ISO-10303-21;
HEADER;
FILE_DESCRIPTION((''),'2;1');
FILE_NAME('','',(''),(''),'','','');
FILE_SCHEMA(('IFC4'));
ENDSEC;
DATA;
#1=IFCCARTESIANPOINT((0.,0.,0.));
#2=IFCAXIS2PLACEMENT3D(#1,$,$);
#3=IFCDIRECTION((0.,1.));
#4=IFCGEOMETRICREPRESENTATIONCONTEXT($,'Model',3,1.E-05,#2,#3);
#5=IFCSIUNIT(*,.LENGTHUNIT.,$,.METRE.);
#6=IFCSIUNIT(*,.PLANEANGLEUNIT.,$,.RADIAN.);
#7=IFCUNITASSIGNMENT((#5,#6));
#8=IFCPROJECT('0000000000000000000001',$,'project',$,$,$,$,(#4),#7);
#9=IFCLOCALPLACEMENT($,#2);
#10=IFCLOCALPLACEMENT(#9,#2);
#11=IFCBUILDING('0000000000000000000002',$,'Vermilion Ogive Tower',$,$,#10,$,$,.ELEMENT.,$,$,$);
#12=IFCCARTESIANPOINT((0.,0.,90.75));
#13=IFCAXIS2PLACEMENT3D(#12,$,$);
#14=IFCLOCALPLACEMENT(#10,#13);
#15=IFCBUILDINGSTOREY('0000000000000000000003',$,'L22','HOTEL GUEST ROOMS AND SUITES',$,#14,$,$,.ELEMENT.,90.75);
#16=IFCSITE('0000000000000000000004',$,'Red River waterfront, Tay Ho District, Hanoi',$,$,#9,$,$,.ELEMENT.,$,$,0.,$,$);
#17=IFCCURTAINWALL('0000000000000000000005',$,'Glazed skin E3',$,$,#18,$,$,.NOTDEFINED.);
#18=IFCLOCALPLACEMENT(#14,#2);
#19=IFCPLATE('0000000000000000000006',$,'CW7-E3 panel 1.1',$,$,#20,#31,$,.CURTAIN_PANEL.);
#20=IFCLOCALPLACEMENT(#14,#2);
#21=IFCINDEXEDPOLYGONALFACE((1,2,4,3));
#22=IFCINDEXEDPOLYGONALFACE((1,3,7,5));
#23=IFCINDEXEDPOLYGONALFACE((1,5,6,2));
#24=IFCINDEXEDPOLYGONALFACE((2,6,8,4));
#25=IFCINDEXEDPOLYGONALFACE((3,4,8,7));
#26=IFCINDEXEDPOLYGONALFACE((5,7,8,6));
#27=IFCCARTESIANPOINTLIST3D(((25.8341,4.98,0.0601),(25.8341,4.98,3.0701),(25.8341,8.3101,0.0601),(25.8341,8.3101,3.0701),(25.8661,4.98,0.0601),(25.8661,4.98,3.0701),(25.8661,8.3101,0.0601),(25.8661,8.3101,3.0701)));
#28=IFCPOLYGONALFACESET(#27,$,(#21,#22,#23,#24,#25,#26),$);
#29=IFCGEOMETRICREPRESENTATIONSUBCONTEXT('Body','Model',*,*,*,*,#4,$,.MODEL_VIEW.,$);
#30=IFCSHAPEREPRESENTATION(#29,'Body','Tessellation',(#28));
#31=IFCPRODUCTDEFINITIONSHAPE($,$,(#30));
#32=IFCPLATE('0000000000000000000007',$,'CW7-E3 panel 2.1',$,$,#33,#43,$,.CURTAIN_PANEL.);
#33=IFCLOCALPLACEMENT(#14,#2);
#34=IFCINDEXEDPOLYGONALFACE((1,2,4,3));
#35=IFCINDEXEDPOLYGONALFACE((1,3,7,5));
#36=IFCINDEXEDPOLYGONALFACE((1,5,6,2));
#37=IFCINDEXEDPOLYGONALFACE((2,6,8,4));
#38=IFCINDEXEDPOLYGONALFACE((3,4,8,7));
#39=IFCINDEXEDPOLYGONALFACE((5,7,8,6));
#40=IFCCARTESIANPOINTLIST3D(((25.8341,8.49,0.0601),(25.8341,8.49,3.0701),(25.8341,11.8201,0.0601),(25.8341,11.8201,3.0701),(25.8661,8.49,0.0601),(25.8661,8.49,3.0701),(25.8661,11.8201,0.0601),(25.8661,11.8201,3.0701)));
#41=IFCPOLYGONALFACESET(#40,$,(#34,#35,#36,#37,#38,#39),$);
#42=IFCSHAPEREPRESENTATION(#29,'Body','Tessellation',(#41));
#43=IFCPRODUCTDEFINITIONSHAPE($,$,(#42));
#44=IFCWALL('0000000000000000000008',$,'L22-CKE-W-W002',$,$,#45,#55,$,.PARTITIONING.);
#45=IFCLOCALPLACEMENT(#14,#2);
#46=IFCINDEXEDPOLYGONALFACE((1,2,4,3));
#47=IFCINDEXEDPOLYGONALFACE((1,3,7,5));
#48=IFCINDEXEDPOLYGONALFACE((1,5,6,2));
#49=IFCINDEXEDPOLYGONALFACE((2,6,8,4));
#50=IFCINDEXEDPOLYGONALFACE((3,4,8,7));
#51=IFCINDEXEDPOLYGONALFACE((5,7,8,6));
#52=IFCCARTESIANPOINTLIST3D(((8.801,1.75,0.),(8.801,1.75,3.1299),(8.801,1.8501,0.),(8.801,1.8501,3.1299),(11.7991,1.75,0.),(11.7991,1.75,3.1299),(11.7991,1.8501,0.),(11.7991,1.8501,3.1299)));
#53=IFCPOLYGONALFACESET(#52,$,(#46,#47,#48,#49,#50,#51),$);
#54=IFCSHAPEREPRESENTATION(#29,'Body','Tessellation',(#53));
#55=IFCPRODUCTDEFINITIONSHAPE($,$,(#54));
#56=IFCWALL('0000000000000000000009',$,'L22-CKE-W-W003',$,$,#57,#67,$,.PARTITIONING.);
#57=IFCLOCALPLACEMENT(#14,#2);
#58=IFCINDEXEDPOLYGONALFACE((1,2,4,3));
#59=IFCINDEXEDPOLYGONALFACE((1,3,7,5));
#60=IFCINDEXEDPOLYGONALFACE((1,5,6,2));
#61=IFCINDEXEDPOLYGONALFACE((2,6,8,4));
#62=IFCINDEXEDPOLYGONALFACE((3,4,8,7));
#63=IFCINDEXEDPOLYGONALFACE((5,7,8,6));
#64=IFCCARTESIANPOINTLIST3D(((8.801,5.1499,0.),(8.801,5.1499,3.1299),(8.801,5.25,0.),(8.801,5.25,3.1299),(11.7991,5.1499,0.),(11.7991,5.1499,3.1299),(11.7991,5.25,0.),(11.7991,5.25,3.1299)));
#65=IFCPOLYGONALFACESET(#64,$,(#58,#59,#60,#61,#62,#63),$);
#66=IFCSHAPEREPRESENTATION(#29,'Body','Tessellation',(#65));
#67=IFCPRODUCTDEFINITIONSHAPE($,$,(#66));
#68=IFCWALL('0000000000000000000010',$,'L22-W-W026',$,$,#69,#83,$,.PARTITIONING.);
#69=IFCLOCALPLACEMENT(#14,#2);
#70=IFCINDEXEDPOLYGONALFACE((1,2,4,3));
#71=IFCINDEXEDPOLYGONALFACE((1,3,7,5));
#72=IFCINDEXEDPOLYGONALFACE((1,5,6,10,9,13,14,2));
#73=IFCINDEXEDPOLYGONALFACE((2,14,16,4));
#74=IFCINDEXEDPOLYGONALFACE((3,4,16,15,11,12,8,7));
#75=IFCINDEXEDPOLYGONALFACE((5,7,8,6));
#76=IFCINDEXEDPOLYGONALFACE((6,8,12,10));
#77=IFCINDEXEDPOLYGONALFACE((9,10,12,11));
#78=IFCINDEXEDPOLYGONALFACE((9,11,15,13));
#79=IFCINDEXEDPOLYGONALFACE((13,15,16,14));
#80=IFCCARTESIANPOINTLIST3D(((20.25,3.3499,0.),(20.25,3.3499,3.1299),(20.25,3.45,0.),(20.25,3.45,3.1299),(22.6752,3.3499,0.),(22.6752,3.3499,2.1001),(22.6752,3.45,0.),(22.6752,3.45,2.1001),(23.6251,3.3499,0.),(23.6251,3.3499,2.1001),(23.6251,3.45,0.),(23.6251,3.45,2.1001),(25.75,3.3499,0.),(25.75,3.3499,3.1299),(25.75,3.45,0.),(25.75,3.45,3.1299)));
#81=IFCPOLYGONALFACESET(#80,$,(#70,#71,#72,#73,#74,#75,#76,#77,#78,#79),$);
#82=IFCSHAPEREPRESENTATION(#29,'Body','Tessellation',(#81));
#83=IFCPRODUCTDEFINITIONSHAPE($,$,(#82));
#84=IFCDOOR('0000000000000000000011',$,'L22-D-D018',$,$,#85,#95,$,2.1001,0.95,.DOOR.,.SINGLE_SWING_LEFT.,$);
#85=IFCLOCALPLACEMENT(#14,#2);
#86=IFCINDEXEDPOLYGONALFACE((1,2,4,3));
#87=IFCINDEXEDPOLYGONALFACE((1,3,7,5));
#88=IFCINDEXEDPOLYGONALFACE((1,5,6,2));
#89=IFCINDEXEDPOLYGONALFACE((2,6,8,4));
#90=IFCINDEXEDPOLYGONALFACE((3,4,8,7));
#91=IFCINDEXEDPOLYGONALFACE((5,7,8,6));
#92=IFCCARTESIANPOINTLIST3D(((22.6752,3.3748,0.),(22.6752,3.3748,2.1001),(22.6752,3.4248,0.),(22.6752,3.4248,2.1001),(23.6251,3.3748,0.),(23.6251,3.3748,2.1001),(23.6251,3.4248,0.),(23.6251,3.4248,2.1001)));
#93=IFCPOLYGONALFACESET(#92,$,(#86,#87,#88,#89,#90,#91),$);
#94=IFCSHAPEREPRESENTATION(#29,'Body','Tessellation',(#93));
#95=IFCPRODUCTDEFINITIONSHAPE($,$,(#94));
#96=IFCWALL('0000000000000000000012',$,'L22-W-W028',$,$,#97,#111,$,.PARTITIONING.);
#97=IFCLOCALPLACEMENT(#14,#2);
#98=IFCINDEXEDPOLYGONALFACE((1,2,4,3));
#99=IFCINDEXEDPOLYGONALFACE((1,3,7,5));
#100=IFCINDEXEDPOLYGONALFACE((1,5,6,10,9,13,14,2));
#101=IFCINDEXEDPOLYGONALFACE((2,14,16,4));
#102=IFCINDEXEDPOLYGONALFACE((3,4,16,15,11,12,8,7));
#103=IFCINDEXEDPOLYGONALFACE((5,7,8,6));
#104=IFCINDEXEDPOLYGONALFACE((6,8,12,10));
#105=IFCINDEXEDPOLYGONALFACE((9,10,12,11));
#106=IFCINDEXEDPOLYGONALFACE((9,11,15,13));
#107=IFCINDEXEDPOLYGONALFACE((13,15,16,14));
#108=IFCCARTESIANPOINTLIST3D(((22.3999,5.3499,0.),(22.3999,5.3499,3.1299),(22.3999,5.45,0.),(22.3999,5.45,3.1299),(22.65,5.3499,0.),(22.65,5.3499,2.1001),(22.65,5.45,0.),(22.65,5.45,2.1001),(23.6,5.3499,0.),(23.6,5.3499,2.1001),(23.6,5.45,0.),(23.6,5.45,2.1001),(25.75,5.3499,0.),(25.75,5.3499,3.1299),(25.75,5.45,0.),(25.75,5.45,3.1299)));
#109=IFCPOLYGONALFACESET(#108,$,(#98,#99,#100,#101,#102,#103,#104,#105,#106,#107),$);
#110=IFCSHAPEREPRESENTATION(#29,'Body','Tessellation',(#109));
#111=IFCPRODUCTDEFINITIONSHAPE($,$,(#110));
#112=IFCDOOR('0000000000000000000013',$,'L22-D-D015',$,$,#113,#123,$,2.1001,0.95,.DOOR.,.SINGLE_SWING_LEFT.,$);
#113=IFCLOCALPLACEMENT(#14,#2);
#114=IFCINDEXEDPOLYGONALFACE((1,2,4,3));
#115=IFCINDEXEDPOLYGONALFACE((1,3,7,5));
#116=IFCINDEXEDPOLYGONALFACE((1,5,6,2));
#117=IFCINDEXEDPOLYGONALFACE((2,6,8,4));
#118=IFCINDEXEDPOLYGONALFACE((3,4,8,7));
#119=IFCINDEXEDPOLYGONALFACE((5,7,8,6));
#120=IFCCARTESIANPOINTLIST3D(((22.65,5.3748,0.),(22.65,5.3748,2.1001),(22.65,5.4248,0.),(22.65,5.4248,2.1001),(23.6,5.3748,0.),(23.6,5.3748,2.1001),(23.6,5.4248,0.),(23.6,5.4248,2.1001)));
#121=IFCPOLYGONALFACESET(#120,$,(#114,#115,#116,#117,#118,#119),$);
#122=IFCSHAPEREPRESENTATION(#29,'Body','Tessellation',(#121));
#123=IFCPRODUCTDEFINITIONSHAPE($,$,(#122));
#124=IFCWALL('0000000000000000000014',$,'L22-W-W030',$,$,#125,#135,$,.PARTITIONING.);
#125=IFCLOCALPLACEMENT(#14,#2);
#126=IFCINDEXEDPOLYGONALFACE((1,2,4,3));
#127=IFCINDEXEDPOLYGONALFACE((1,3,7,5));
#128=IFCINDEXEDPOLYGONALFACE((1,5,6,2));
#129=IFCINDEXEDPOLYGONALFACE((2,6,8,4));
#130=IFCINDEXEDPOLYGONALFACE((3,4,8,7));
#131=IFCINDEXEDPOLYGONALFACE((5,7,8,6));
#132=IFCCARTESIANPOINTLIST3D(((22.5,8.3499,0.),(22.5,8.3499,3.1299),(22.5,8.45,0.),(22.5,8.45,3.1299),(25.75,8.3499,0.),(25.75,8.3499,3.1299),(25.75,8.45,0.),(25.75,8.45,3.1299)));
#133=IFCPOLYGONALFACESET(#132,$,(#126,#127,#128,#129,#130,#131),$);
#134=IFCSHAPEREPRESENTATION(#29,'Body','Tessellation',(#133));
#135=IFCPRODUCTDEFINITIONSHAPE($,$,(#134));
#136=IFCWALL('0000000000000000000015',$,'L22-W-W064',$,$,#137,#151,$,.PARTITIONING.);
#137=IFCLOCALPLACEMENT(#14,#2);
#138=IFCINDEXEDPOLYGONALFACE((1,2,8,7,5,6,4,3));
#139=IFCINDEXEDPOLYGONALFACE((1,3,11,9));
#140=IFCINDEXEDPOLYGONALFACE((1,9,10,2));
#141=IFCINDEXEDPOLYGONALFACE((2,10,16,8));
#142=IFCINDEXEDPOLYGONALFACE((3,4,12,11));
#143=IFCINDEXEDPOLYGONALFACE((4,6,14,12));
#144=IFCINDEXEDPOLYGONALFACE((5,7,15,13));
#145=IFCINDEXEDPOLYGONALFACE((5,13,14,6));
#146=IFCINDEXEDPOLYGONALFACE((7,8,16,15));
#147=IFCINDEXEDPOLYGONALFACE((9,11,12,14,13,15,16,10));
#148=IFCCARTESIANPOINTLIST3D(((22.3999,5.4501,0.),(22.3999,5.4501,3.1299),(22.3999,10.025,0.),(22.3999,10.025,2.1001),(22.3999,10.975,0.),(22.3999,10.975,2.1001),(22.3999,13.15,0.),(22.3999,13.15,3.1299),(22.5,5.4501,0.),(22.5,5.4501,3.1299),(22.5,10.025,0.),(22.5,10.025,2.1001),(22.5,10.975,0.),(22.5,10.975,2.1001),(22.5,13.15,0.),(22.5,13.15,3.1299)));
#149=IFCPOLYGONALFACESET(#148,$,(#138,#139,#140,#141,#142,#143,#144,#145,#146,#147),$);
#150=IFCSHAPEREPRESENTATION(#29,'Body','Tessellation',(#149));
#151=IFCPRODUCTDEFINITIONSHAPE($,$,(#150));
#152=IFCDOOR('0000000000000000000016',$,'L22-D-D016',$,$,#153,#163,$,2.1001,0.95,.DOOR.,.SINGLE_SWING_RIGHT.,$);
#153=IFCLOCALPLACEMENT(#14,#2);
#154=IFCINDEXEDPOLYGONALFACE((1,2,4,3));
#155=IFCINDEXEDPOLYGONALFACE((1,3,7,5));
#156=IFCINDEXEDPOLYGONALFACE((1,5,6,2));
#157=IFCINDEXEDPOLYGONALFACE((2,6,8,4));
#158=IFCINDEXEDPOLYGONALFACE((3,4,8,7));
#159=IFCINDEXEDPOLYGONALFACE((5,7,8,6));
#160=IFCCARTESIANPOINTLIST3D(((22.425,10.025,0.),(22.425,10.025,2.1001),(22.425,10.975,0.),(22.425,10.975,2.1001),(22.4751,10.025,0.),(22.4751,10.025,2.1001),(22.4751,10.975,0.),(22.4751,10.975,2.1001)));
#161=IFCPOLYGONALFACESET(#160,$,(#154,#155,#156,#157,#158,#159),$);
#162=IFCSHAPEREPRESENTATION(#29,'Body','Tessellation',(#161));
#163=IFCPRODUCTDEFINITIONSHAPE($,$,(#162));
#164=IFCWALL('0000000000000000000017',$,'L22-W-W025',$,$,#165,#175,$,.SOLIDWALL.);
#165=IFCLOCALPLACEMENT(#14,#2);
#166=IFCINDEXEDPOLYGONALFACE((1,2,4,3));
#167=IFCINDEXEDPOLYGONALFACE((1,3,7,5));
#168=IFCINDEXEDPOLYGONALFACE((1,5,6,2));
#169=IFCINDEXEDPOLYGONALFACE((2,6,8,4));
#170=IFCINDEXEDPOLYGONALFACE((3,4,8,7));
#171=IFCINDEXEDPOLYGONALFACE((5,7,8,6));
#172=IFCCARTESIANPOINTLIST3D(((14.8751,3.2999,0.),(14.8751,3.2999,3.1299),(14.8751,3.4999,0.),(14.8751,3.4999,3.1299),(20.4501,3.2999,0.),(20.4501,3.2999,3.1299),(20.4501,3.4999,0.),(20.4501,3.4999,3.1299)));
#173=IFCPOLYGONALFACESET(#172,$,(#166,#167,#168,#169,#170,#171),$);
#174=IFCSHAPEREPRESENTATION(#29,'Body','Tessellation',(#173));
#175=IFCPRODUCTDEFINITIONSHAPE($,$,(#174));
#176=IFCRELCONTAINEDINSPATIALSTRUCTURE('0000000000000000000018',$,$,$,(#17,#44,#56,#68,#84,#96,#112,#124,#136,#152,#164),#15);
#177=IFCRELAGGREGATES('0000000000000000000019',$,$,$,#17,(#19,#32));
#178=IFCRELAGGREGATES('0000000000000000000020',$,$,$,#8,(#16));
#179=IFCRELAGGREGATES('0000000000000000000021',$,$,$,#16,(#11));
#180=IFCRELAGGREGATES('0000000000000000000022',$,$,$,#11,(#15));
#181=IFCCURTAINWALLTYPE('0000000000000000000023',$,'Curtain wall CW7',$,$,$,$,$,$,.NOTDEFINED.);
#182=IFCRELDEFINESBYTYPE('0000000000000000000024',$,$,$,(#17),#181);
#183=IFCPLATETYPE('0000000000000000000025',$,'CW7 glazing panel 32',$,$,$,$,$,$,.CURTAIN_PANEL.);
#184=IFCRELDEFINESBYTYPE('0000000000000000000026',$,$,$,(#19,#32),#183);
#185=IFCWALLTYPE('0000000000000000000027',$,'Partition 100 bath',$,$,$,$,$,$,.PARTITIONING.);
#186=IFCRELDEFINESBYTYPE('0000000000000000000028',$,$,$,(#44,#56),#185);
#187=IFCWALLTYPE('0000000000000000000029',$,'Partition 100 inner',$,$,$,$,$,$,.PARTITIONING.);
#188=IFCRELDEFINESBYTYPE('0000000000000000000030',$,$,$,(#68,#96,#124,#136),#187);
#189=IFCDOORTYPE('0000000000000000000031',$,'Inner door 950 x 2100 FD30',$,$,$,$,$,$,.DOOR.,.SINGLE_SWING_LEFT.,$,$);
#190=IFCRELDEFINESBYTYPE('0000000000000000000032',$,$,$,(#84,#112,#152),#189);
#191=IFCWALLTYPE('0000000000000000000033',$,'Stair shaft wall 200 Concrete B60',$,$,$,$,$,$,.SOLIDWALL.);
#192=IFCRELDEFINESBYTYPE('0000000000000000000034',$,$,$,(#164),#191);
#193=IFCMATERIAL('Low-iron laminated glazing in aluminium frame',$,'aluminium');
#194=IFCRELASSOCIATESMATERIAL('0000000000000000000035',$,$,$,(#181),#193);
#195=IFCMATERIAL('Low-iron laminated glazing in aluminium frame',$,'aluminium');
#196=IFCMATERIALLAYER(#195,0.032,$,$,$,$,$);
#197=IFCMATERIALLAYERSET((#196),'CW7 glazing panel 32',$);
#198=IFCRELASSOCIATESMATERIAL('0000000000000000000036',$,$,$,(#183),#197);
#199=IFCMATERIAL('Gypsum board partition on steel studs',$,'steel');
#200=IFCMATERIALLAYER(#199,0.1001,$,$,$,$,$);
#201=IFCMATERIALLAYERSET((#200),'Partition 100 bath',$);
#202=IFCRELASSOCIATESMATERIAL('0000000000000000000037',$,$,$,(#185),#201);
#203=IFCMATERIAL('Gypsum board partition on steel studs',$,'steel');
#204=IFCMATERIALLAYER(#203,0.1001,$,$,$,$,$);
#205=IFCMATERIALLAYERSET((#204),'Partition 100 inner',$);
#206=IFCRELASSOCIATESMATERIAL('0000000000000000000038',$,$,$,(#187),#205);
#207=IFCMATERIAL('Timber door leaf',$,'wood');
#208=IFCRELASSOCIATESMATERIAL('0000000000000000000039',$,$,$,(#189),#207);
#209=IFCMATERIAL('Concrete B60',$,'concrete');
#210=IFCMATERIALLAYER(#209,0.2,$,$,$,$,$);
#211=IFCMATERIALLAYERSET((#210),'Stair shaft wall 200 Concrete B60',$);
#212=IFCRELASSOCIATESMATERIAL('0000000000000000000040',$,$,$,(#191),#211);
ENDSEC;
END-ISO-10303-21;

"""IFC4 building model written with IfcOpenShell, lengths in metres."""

from ifc_helpers import new_model, si_unit, direction, frame, frame_2d, origin, origin_2d, place, context, subcontext, project, spatial, rectangle, extrude, material, layer, layer_set, type_object, element, fill, aggregate, save


model = new_model("IFC4")

# Units and contexts
model_context = context("Model", 3, precision=1e-05, world=origin(), true_north=direction((0.0, 1.0)))
body_context = subcontext(model_context, "Body", "Model", "MODEL_VIEW")
ifc_project = project(units=[si_unit("LENGTHUNIT", "METRE"), si_unit("PLANEANGLEUNIT", "RADIAN")], contexts=[model_context])

# Site, building, storey
site_placement = place(None, origin())
site = spatial("IfcSite", under=ifc_project, at=site_placement, Name="Red River waterfront, Tay Ho District, Hanoi", CompositionType="ELEMENT", RefElevation=0.0)
building_placement = place(site_placement, origin())
building = spatial("IfcBuilding", under=site, at=building_placement, Name="Vermilion Ogive Tower", CompositionType="ELEMENT")
storey_placement = place(building_placement, frame((0.0, 0.0, 90.75)))
storey = spatial("IfcBuildingStorey", under=building, at=storey_placement, Name="L22", Description="HOTEL GUEST ROOMS AND SUITES", CompositionType="ELEMENT", Elevation=90.75)

# Curtain wall
ifc_material_1 = material(Name="Low-iron laminated glazing in aluminium frame", Category="aluminium")
curtain_wall_type = type_object("IfcCurtainWallType", Name="Curtain wall CW7", PredefinedType="NOTDEFINED", material=ifc_material_1)
curtain_wall_1_placement = place(storey_placement, origin())
curtain_wall_1 = element("IfcCurtainWall", 1, at=curtain_wall_1_placement, inside=storey, type_object=curtain_wall_type, Name="Glazed skin E3", PredefinedType="NOTDEFINED")

# Plates
ifc_material_2 = material(Name="Low-iron laminated glazing in aluminium frame", Category="aluminium")
ifc_layer_1 = layer(ifc_material_2, 0.032)
ifc_layer_set_1 = layer_set([ifc_layer_1], Name="CW7 glazing panel 32")
plate_type = type_object("IfcPlateType", Name="CW7 glazing panel 32", PredefinedType="CURTAIN_PANEL", material=ifc_layer_set_1)
plate_1_placement = place(storey_placement, frame((25.8501, 6.645, 0.0601), z_axis=(0.0, 0.0, 1.0), x_axis=(0.0, 1.0, 0.0)))
plate_1 = element("IfcPlate", 2, at=plate_1_placement, type_object=plate_type, Name="CW7-E3 panel 1.1", PredefinedType="CURTAIN_PANEL", context=body_context, shape_type="SweptSolid", body=[
    extrude(rectangle(XDim=3.3301, YDim=0.032, at=origin_2d()), origin(), (0.0, 0.0, 1.0), 3.01),
])
plate_2_placement = place(storey_placement, frame((25.8501, 10.155, 0.0601), z_axis=(0.0, 0.0, 1.0), x_axis=(0.0, 1.0, 0.0)))
plate_2 = element("IfcPlate", 3, at=plate_2_placement, type_object=plate_type, Name="CW7-E3 panel 2.1", PredefinedType="CURTAIN_PANEL", context=body_context, shape_type="SweptSolid", body=[
    extrude(rectangle(XDim=3.3301, YDim=0.032, at=origin_2d()), origin(), (0.0, 0.0, 1.0), 3.01),
])
aggregate(curtain_wall_1, [plate_1, plate_2])

# Walls
ifc_material_3 = material(Name="Gypsum board partition on steel studs", Category="steel")
ifc_layer_2 = layer(ifc_material_3, 0.1001)
ifc_layer_set_2 = layer_set([ifc_layer_2], Name="Partition 100 bath")
wall_type_1 = type_object("IfcWallType", Name="Partition 100 bath", PredefinedType="PARTITIONING", material=ifc_layer_set_2)
for number, where, z_axis, x_axis, name in (
    (4, (8.801, 1.8, 0.0), (0.0, 0.0, 1.0), (1.0, 0.0, 0.0), "L22-CKE-W-W002"),
    (5, (8.801, 5.2, 0.0), (0.0, 0.0, 1.0), (1.0, 0.0, 0.0), "L22-CKE-W-W003"),
):
    element("IfcWall", number, at=place(storey_placement, frame(where, z_axis=z_axis, x_axis=x_axis)), inside=storey, type_object=wall_type_1, Name=name, PredefinedType="PARTITIONING", context=body_context, shape_type="SweptSolid", body=[
        extrude(rectangle(XDim=2.998, YDim=0.1001, at=frame_2d((1.499, 0.0))), origin(), (0.0, 0.0, 1.0), 3.1299),
    ])

# Walls, openings, doors
ifc_material_4 = material(Name="Gypsum board partition on steel studs", Category="steel")
ifc_layer_3 = layer(ifc_material_4, 0.1001)
ifc_layer_set_3 = layer_set([ifc_layer_3], Name="Partition 100 inner")
wall_type_2 = type_object("IfcWallType", Name="Partition 100 inner", PredefinedType="PARTITIONING", material=ifc_layer_set_3)
wall_1_placement = place(storey_placement, frame((20.25, 3.3999, 0.0), z_axis=(0.0, 0.0, 1.0), x_axis=(1.0, 0.0, 0.0)))
wall_1 = element("IfcWall", 6, at=wall_1_placement, inside=storey, type_object=wall_type_2, Name="L22-W-W026", PredefinedType="PARTITIONING", context=body_context, shape_type="SweptSolid", body=[
    extrude(rectangle(XDim=5.5, YDim=0.1001, at=frame_2d((2.75, 0.0))), origin(), (0.0, 0.0, 1.0), 3.1299),
])
opening_1_placement = place(wall_1_placement, frame((2.425, 0.0, 0.0)))
opening_1 = element("IfcOpeningElement", 7, at=opening_1_placement, cuts=wall_1, PredefinedType="OPENING", context=body_context, shape_type="SweptSolid", body=[
    extrude(rectangle(XDim=0.95, YDim=2.1001, at=frame_2d((0.4751, 1.05))), frame((0.0, 0.0601, 0.0), z_axis=(0.0, -1.0, 0.0), x_axis=(1.0, 0.0, 0.0)), (0.0, 0.0, 1.0), 0.1201),
])
ifc_material_5 = material(Name="Timber door leaf", Category="wood")
door_type = type_object("IfcDoorType", Name="Inner door 950 x 2100 FD30", OperationType="SINGLE_SWING_LEFT", PredefinedType="DOOR", material=ifc_material_5)
door_1_placement = place(opening_1_placement, origin())
door_1 = element("IfcDoor", 8, at=door_1_placement, inside=storey, type_object=door_type, Name="L22-D-D018", OperationType="SINGLE_SWING_LEFT", OverallHeight=2.1001, OverallWidth=0.95, PredefinedType="DOOR", context=body_context, shape_type="SweptSolid", body=[
    extrude(rectangle(XDim=0.95, YDim=2.1001, at=frame_2d((0.4751, 1.05))), frame((0.0, 0.0249, 0.0), z_axis=(0.0, -1.0, 0.0), x_axis=(1.0, 0.0, 0.0)), (0.0, 0.0, 1.0), 0.05),
])
fill(opening_1, door_1)
wall_2_placement = place(storey_placement, frame((22.3999, 5.3999, 0.0), z_axis=(0.0, 0.0, 1.0), x_axis=(1.0, 0.0, 0.0)))
wall_2 = element("IfcWall", 9, at=wall_2_placement, inside=storey, type_object=wall_type_2, Name="L22-W-W028", PredefinedType="PARTITIONING", context=body_context, shape_type="SweptSolid", body=[
    extrude(rectangle(XDim=3.3501, YDim=0.1001, at=frame_2d((1.675, 0.0))), origin(), (0.0, 0.0, 1.0), 3.1299),
])
opening_2_placement = place(wall_2_placement, frame((0.25, 0.0, 0.0)))
opening_2 = element("IfcOpeningElement", 10, at=opening_2_placement, cuts=wall_2, PredefinedType="OPENING", context=body_context, shape_type="SweptSolid", body=[
    extrude(rectangle(XDim=0.95, YDim=2.1001, at=frame_2d((0.4751, 1.05))), frame((0.0, 0.0601, 0.0), z_axis=(0.0, -1.0, 0.0), x_axis=(1.0, 0.0, 0.0)), (0.0, 0.0, 1.0), 0.1201),
])
door_2_placement = place(opening_2_placement, origin())
door_2 = element("IfcDoor", 11, at=door_2_placement, inside=storey, type_object=door_type, Name="L22-D-D015", OperationType="SINGLE_SWING_LEFT", OverallHeight=2.1001, OverallWidth=0.95, PredefinedType="DOOR", context=body_context, shape_type="SweptSolid", body=[
    extrude(rectangle(XDim=0.95, YDim=2.1001, at=frame_2d((0.4751, 1.05))), frame((0.0, 0.0249, 0.0), z_axis=(0.0, -1.0, 0.0), x_axis=(1.0, 0.0, 0.0)), (0.0, 0.0, 1.0), 0.05),
])
fill(opening_2, door_2)

# Wall
wall_3_placement = place(storey_placement, frame((22.5, 8.3999, 0.0), z_axis=(0.0, 0.0, 1.0), x_axis=(1.0, 0.0, 0.0)))
element("IfcWall", 12, at=wall_3_placement, inside=storey, type_object=wall_type_2, Name="L22-W-W030", PredefinedType="PARTITIONING", context=body_context, shape_type="SweptSolid", body=[
    extrude(rectangle(XDim=3.25, YDim=0.1001, at=frame_2d((1.625, 0.0))), origin(), (0.0, 0.0, 1.0), 3.1299),
])

# Wall, opening, door
wall_4_placement = place(storey_placement, frame((22.45, 5.45, 0.0), z_axis=(0.0, 0.0, 1.0), x_axis=(0.0, 1.0, 0.0)))
wall_4 = element("IfcWall", 13, at=wall_4_placement, inside=storey, type_object=wall_type_2, Name="L22-W-W064", PredefinedType="PARTITIONING", context=body_context, shape_type="SweptSolid", body=[
    extrude(rectangle(XDim=7.7, YDim=0.1001, at=frame_2d((3.8501, 0.0))), origin(), (0.0, 0.0, 1.0), 3.1299),
])
opening_3_placement = place(wall_4_placement, frame((4.575, 0.0, 0.0)))
opening_3 = element("IfcOpeningElement", 14, at=opening_3_placement, cuts=wall_4, PredefinedType="OPENING", context=body_context, shape_type="SweptSolid", body=[
    extrude(rectangle(XDim=0.95, YDim=2.1001, at=frame_2d((0.4751, 1.05))), frame((0.0, 0.0601, 0.0), z_axis=(0.0, -1.0, 0.0), x_axis=(1.0, 0.0, 0.0)), (0.0, 0.0, 1.0), 0.1201),
])
door_3_placement = place(opening_3_placement, origin())
door_3 = element("IfcDoor", 15, at=door_3_placement, inside=storey, type_object=door_type, Name="L22-D-D016", OperationType="SINGLE_SWING_RIGHT", OverallHeight=2.1001, OverallWidth=0.95, PredefinedType="DOOR", context=body_context, shape_type="SweptSolid", body=[
    extrude(rectangle(XDim=0.95, YDim=2.1001, at=frame_2d((0.4751, 1.05))), frame((0.0, 0.0249, 0.0), z_axis=(0.0, -1.0, 0.0), x_axis=(1.0, 0.0, 0.0)), (0.0, 0.0, 1.0), 0.05),
])
fill(opening_3, door_3)

# Wall
ifc_material_6 = material(Name="Concrete B60", Category="concrete")
ifc_layer_4 = layer(ifc_material_6, 0.2)
ifc_layer_set_4 = layer_set([ifc_layer_4], Name="Stair shaft wall 200 Concrete B60")
wall_type_3 = type_object("IfcWallType", Name="Stair shaft wall 200 Concrete B60", PredefinedType="SOLIDWALL", material=ifc_layer_set_4)
wall_5_placement = place(storey_placement, frame((14.875, 3.3999, 0.0), z_axis=(0.0, 0.0, 1.0), x_axis=(1.0, 0.0, 0.0)))
element("IfcWall", 16, at=wall_5_placement, inside=storey, type_object=wall_type_3, Name="L22-W-W025", PredefinedType="SOLIDWALL", context=body_context, shape_type="SweptSolid", body=[
    extrude(rectangle(XDim=5.575, YDim=0.2, at=frame_2d((2.7876, 0.0))), origin(), (0.0, 0.0, 1.0), 3.1299),
])

save(model, "model.ifc")
